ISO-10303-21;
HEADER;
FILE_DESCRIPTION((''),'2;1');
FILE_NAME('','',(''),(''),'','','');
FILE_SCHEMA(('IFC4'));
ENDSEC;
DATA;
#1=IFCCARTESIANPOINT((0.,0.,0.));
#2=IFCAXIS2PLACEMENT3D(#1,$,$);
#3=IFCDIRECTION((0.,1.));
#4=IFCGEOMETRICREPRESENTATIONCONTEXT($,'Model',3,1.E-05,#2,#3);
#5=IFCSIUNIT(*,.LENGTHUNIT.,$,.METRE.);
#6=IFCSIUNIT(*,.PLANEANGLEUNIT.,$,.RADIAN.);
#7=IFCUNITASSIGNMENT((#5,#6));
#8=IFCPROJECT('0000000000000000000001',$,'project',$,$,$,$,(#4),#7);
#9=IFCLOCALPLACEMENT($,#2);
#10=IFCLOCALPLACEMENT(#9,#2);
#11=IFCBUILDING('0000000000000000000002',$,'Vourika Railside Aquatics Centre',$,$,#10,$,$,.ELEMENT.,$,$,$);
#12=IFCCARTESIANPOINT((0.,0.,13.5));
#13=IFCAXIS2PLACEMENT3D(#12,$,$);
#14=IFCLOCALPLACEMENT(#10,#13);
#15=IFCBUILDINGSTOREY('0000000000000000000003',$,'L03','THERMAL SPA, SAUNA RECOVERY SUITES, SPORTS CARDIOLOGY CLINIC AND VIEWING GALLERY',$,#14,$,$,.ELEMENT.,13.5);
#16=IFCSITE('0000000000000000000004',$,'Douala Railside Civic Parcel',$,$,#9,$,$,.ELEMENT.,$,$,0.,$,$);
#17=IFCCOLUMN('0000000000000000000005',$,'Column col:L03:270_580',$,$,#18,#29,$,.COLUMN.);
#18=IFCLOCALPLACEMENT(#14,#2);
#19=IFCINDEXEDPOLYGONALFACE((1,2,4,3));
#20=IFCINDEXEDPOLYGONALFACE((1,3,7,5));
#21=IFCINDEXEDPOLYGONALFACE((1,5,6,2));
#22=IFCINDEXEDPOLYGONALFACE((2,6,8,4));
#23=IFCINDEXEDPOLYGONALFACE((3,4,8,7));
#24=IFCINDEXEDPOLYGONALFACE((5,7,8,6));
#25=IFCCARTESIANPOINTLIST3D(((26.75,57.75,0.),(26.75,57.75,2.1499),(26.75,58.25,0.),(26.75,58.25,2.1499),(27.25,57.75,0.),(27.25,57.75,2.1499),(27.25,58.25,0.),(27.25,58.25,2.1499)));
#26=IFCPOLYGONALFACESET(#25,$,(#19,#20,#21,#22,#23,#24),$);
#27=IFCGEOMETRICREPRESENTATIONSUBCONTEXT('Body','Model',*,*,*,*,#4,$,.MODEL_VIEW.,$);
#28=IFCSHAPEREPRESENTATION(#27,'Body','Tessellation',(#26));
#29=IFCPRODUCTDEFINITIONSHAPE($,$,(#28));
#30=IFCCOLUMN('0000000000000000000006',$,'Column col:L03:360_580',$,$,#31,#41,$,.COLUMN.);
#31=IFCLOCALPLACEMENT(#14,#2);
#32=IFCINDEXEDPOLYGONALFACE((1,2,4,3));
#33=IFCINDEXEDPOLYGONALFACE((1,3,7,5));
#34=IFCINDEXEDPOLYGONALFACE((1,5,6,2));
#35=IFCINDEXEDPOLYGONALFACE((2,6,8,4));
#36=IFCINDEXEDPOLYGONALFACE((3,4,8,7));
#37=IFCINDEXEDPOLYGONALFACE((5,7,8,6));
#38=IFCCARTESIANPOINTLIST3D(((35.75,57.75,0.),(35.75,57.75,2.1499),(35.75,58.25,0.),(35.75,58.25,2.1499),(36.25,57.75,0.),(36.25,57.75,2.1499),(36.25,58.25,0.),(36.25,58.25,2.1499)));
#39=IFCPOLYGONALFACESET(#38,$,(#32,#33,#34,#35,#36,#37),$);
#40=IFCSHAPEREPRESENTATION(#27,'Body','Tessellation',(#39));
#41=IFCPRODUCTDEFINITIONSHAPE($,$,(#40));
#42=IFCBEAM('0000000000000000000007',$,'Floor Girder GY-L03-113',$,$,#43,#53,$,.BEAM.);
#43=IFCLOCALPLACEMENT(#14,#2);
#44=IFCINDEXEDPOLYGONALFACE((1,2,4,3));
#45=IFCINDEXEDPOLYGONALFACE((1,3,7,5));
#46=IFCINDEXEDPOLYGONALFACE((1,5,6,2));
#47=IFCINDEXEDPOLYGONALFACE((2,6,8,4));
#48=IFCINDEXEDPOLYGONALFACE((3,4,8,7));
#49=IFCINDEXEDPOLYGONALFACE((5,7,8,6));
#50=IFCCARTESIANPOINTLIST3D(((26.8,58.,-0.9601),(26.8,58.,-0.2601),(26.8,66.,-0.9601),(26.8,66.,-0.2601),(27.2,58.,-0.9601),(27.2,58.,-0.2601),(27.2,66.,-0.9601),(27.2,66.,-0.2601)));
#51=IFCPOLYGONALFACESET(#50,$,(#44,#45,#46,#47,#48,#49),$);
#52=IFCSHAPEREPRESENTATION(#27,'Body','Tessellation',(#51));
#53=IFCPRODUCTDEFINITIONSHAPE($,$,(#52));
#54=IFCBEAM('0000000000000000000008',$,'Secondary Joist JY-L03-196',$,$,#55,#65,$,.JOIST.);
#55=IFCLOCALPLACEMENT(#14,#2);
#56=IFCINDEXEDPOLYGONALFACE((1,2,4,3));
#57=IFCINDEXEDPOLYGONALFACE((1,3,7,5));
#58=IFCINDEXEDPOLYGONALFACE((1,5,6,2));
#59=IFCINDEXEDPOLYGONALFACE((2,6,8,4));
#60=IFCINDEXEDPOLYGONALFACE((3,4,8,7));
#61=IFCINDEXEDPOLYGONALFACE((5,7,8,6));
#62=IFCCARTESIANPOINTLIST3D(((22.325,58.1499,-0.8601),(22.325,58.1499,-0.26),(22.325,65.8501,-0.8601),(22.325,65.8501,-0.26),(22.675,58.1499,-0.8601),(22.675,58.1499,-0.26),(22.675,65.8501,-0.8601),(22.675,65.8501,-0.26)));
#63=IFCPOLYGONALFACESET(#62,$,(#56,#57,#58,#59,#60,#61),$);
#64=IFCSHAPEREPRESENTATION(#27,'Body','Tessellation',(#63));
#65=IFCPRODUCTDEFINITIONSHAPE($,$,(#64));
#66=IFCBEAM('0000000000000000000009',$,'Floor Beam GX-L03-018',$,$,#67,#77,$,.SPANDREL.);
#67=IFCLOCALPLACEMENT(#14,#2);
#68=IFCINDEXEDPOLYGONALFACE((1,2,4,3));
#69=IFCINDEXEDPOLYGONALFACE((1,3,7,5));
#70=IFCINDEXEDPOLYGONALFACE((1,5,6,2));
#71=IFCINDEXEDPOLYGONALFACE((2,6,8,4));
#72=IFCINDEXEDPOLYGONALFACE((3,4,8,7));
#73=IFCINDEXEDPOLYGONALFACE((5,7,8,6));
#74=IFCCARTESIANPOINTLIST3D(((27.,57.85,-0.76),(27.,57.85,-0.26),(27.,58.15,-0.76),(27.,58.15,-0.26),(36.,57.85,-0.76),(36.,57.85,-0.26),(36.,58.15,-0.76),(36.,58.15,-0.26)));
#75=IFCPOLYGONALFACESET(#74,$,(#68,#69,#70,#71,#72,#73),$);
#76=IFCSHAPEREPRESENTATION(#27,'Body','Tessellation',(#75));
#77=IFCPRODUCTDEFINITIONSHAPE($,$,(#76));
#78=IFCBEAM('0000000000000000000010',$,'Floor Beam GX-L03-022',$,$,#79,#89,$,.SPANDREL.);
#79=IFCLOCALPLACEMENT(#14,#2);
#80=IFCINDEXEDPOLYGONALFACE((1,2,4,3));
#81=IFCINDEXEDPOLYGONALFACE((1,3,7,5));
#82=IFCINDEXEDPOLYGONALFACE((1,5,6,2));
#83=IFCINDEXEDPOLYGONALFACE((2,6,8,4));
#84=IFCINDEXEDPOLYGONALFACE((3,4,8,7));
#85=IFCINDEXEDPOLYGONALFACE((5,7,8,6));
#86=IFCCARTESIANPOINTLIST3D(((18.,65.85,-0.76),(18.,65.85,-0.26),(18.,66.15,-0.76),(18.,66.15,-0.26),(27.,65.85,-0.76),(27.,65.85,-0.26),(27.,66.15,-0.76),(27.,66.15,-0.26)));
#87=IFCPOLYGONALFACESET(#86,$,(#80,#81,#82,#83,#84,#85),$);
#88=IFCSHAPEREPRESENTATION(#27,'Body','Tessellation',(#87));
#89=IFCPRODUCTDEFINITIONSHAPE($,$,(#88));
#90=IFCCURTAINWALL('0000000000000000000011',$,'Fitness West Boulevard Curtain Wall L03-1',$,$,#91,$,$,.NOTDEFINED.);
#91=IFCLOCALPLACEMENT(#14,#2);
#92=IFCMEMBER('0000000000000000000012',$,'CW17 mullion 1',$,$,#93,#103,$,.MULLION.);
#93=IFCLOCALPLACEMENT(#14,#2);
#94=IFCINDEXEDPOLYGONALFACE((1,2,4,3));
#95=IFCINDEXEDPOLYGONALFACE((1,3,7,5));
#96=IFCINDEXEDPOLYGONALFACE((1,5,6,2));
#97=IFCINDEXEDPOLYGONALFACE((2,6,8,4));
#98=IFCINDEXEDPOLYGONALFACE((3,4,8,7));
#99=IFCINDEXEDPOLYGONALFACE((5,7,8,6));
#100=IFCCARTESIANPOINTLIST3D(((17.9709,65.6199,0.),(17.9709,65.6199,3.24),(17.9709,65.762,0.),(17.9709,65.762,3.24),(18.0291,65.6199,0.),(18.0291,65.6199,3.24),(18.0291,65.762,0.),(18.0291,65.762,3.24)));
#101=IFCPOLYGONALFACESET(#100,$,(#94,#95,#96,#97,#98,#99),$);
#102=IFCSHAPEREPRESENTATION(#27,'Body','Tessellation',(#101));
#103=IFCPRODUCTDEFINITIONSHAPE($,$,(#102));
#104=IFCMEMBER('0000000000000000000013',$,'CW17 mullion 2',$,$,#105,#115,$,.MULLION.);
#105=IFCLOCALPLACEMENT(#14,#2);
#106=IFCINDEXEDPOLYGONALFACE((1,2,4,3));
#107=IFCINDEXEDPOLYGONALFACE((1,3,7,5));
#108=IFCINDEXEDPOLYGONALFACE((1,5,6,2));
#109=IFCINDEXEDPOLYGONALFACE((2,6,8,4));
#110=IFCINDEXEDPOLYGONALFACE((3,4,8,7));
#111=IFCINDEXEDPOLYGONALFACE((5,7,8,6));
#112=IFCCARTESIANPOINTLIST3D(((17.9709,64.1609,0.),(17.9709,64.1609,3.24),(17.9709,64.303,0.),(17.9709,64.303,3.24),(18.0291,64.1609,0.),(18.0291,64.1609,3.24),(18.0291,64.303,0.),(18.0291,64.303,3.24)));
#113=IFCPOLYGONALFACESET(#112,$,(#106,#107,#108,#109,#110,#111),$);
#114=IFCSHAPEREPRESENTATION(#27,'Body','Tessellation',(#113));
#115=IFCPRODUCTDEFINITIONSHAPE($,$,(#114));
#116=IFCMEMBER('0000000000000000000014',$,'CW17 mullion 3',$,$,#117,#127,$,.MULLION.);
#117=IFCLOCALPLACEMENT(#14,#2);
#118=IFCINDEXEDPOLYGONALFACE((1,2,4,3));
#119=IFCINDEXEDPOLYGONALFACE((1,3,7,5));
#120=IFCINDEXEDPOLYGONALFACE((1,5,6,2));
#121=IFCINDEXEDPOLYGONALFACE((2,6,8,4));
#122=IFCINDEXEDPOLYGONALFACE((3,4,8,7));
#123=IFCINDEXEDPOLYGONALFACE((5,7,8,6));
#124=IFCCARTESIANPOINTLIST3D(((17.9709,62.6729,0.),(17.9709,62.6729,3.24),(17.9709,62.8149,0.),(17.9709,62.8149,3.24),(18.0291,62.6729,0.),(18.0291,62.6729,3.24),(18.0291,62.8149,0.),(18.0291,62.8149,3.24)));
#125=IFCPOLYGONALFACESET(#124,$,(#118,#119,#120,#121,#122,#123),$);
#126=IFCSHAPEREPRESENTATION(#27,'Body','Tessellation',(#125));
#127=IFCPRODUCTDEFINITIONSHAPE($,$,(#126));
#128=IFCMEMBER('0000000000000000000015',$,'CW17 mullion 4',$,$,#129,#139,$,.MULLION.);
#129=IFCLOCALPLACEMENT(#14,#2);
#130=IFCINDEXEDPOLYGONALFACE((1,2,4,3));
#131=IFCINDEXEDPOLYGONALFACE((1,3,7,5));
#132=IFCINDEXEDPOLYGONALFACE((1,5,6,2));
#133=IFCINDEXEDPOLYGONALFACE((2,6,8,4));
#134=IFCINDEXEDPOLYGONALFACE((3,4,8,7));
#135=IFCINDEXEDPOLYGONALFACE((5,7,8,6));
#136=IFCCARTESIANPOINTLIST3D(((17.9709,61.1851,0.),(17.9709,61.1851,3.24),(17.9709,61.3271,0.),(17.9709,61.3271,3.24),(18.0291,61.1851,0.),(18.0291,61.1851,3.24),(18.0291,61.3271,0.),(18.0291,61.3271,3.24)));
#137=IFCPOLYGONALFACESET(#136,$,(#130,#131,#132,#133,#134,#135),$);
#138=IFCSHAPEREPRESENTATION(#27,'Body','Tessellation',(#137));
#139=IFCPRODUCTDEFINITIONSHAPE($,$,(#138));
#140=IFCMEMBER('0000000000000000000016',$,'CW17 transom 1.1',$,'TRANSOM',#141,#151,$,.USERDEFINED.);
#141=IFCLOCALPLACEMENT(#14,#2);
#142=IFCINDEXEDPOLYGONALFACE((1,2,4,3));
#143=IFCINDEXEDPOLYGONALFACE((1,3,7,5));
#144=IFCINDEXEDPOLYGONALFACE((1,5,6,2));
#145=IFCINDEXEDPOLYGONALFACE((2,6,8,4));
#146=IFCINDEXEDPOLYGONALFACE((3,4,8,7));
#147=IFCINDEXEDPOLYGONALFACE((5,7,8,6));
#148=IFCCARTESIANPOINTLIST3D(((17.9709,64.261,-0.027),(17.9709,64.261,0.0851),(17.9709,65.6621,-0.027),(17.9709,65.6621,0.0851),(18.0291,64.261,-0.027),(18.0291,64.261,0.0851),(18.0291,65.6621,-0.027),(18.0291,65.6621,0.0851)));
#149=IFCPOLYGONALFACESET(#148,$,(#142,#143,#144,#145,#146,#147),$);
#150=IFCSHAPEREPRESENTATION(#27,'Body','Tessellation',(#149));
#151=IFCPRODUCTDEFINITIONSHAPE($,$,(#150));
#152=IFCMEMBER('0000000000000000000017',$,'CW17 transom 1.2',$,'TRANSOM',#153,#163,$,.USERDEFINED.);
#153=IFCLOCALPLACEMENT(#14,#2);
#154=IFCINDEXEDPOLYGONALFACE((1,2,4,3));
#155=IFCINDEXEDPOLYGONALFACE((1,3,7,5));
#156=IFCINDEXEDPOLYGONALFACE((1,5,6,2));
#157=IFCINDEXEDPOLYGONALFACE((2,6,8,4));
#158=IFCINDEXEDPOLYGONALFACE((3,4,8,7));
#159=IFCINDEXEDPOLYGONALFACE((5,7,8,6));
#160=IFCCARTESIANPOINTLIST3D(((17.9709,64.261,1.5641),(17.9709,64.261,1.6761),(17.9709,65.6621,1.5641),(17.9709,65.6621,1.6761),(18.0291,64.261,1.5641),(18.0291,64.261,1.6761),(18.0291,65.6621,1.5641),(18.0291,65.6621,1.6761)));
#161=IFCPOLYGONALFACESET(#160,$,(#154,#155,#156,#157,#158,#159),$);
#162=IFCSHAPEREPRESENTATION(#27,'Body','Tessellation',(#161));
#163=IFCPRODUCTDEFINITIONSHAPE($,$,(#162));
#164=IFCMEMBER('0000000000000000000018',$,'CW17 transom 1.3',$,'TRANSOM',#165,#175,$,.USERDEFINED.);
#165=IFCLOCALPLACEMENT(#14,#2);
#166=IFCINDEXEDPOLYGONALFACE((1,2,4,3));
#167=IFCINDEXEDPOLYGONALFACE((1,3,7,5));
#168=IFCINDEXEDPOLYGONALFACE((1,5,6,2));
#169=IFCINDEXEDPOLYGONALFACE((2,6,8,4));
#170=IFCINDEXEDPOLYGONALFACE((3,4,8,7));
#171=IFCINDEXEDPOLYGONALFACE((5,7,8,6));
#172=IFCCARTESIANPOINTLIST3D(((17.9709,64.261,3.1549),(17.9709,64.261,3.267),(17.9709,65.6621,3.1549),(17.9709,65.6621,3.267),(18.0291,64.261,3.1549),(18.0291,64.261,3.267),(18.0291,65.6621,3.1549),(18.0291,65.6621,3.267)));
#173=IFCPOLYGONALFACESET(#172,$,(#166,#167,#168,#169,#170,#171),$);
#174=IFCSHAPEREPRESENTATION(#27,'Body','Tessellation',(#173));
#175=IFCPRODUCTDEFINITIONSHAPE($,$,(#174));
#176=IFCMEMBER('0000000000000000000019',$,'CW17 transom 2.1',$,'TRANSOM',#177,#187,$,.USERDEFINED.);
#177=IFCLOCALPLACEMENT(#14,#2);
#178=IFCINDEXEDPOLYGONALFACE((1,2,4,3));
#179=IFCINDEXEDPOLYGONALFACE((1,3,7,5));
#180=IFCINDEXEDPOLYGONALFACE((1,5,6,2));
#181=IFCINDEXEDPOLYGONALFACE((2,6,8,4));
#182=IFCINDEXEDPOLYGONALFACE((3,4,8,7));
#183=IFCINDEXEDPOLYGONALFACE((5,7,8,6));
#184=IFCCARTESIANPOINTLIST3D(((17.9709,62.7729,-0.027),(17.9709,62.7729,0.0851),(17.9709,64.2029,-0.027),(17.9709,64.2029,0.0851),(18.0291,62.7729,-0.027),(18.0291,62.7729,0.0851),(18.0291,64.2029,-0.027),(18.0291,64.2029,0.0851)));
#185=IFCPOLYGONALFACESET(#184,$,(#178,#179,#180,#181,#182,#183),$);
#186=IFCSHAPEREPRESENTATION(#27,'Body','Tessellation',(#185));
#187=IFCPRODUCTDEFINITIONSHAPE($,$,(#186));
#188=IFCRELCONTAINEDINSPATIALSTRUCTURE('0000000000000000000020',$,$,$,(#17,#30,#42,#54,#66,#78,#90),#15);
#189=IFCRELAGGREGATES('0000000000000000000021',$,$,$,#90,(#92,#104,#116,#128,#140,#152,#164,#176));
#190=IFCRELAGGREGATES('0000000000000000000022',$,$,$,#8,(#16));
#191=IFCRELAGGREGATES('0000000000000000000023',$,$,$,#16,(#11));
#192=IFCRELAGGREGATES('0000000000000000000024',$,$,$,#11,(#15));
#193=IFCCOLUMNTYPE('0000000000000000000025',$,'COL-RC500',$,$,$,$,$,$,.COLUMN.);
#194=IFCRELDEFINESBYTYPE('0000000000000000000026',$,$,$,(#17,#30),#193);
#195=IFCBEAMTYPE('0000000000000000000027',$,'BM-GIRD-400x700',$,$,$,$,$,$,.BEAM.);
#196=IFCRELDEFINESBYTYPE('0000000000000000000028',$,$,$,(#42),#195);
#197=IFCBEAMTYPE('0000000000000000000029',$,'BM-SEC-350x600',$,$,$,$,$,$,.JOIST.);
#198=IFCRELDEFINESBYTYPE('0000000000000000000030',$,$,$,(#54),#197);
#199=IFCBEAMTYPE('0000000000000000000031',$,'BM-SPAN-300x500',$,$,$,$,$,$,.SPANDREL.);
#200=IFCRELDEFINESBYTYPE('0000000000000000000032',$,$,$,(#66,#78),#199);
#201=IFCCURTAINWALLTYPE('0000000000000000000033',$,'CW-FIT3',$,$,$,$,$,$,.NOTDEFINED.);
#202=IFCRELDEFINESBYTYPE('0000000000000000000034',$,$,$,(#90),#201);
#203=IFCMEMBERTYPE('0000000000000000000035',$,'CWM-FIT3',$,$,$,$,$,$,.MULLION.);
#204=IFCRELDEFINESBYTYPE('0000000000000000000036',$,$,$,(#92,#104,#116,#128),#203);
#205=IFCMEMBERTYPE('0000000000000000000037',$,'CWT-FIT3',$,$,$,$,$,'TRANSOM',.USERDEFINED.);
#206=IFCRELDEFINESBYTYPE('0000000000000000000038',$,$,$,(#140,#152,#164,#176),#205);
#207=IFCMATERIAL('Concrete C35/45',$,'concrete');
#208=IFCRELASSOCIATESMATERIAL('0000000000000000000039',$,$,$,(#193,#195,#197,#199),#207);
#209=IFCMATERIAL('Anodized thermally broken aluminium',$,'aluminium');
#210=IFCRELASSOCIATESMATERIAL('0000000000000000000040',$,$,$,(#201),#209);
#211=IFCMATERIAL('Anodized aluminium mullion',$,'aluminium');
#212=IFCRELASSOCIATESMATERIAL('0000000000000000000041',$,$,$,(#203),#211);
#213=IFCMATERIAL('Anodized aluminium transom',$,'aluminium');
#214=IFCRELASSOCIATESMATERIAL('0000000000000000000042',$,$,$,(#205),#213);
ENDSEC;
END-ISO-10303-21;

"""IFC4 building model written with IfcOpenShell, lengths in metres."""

from ifc_helpers import new_model, si_unit, direction, frame, origin, origin_2d, place, context, subcontext, project, spatial, rectangle, extrude, material, material_profile, profile_set, type_object, element, aggregate, save


model = new_model("IFC4")

# Units and contexts
model_context = context("Model", 3, precision=1e-05, world=origin(), true_north=direction((0.0, 1.0)))
body_context = subcontext(model_context, "Body", "Model", "MODEL_VIEW")
ifc_project = project(units=[si_unit("LENGTHUNIT", "METRE"), si_unit("PLANEANGLEUNIT", "RADIAN")], contexts=[model_context])

# Site, building, storey
site_placement = place(None, origin())
site = spatial("IfcSite", under=ifc_project, at=site_placement, Name="Douala Railside Civic Parcel", CompositionType="ELEMENT", RefElevation=0.0)
building_placement = place(site_placement, origin())
building = spatial("IfcBuilding", under=site, at=building_placement, Name="Vourika Railside Aquatics Centre", CompositionType="ELEMENT")
storey_placement = place(building_placement, frame((0.0, 0.0, 13.5)))
storey = spatial("IfcBuildingStorey", under=building, at=storey_placement, Name="L03", Description="THERMAL SPA, SAUNA RECOVERY SUITES, SPORTS CARDIOLOGY CLINIC AND VIEWING GALLERY", CompositionType="ELEMENT", Elevation=13.5)

# Columns
ifc_material_1 = material(Name="Concrete C35/45", Category="concrete")
ifc_material_profile_1 = material_profile(ifc_material_1, rectangle(XDim=0.5, YDim=0.5, at=origin_2d()), Name="RC 500x500")
ifc_profile_set_1 = profile_set([ifc_material_profile_1], Name="Concrete C35/45")
column_type = type_object("IfcColumnType", Name="COL-RC500", PredefinedType="COLUMN", material=ifc_profile_set_1)
for number, where, z_axis, x_axis, name in (
    (1, (27.0, 58.0, 0.0), (0.0, 0.0, 1.0), (1.0, 0.0, 0.0), "Column col:L03:270_580"),
    (2, (36.0, 58.0, 0.0), (0.0, 0.0, 1.0), (1.0, 0.0, 0.0), "Column col:L03:360_580"),
):
    element("IfcColumn", number, at=place(storey_placement, frame(where, z_axis=z_axis, x_axis=x_axis)), inside=storey, type_object=column_type, Name=name, PredefinedType="COLUMN", context=body_context, shape_type="SweptSolid", body=[
        extrude(rectangle(XDim=0.5, YDim=0.5, at=origin_2d()), origin(), (0.0, 0.0, 1.0), 2.1499),
    ])

# Beams
ifc_material_profile_2 = material_profile(ifc_material_1, rectangle(XDim=0.3999, YDim=0.7, at=origin_2d()), Name="RC 400x700")
ifc_profile_set_2 = profile_set([ifc_material_profile_2], Name="Concrete C35/45")
beam_type_1 = type_object("IfcBeamType", Name="BM-GIRD-400x700", PredefinedType="BEAM", material=ifc_profile_set_2)
beam_1_placement = place(storey_placement, frame((27.0, 58.0, -0.6101), z_axis=(0.0, 1.0, 0.0), x_axis=(-1.0, 0.0, 0.0)))
element("IfcBeam", 3, at=beam_1_placement, inside=storey, type_object=beam_type_1, Name="Floor Girder GY-L03-113", PredefinedType="BEAM", context=body_context, shape_type="SweptSolid", body=[
    extrude(rectangle(XDim=0.3999, YDim=0.7, at=origin_2d()), origin(), (0.0, 0.0, 1.0), 8.0),
])
ifc_material_profile_3 = material_profile(ifc_material_1, rectangle(XDim=0.3501, YDim=0.6001, at=origin_2d()), Name="RC 350x600")
ifc_profile_set_3 = profile_set([ifc_material_profile_3], Name="Concrete C35/45")
beam_type_2 = type_object("IfcBeamType", Name="BM-SEC-350x600", PredefinedType="JOIST", material=ifc_profile_set_3)
beam_2_placement = place(storey_placement, frame((22.5, 58.1499, -0.5601), z_axis=(0.0, 1.0, 0.0), x_axis=(-1.0, 0.0, 0.0)))
element("IfcBeam", 4, at=beam_2_placement, inside=storey, type_object=beam_type_2, Name="Secondary Joist JY-L03-196", PredefinedType="JOIST", context=body_context, shape_type="SweptSolid", body=[
    extrude(rectangle(XDim=0.3501, YDim=0.6001, at=origin_2d()), origin(), (0.0, 0.0, 1.0), 7.7002),
])
ifc_material_profile_4 = material_profile(ifc_material_1, rectangle(XDim=0.3, YDim=0.5, at=origin_2d()), Name="RC 300x500")
ifc_profile_set_4 = profile_set([ifc_material_profile_4], Name="Concrete C35/45")
beam_type_3 = type_object("IfcBeamType", Name="BM-SPAN-300x500", PredefinedType="SPANDREL", material=ifc_profile_set_4)
for number, where, z_axis, x_axis, name in (
    (5, (27.0, 58.0, -0.51), (1.0, 0.0, 0.0), (0.0, 1.0, 0.0), "Floor Beam GX-L03-018"),
    (6, (18.0, 66.0, -0.51), (1.0, 0.0, 0.0), (0.0, 1.0, 0.0), "Floor Beam GX-L03-022"),
):
    element("IfcBeam", number, at=place(storey_placement, frame(where, z_axis=z_axis, x_axis=x_axis)), inside=storey, type_object=beam_type_3, Name=name, PredefinedType="SPANDREL", context=body_context, shape_type="SweptSolid", body=[
        extrude(rectangle(XDim=0.3, YDim=0.5, at=origin_2d()), origin(), (0.0, 0.0, 1.0), 9.0),
    ])

# Curtain wall, members
ifc_material_2 = material(Name="Anodized thermally broken aluminium", Category="aluminium")
curtain_wall_type = type_object("IfcCurtainWallType", Name="CW-FIT3", PredefinedType="NOTDEFINED", material=ifc_material_2)
curtain_wall_placement = place(storey_placement, origin())
curtain_wall = element("IfcCurtainWall", 7, at=curtain_wall_placement, inside=storey, type_object=curtain_wall_type, Name="Fitness West Boulevard Curtain Wall L03-1", PredefinedType="NOTDEFINED")
ifc_material_3 = material(Name="Anodized aluminium mullion", Category="aluminium")
ifc_material_profile_5 = material_profile(ifc_material_3, rectangle(XDim=0.0581, YDim=0.1421, at=origin_2d()), Name="ALU-M 58x142")
ifc_profile_set_5 = profile_set([ifc_material_profile_5], Name="Anodized aluminium mullion")
member_type_1 = type_object("IfcMemberType", Name="CWM-FIT3", PredefinedType="MULLION", material=ifc_profile_set_5)
member_1_placement = place(storey_placement, frame((18.0, 65.6909, 0.0), z_axis=(0.0, 0.0, 1.0), x_axis=(1.0, 0.0, 0.0)))
member_1 = element("IfcMember", 8, at=member_1_placement, type_object=member_type_1, Name="CW17 mullion 1", PredefinedType="MULLION", context=body_context, shape_type="SweptSolid", body=[
    extrude(rectangle(XDim=0.0581, YDim=0.1421, at=origin_2d()), origin(), (0.0, 0.0, 1.0), 3.24),
])
member_2_placement = place(storey_placement, frame((18.0, 64.2319, 0.0), z_axis=(0.0, 0.0, 1.0), x_axis=(1.0, 0.0, 0.0)))
member_2 = element("IfcMember", 9, at=member_2_placement, type_object=member_type_1, Name="CW17 mullion 2", PredefinedType="MULLION", context=body_context, shape_type="SweptSolid", body=[
    extrude(rectangle(XDim=0.0581, YDim=0.1421, at=origin_2d()), origin(), (0.0, 0.0, 1.0), 3.24),
])
member_3_placement = place(storey_placement, frame((18.0, 62.7439, 0.0), z_axis=(0.0, 0.0, 1.0), x_axis=(1.0, 0.0, 0.0)))
member_3 = element("IfcMember", 10, at=member_3_placement, type_object=member_type_1, Name="CW17 mullion 3", PredefinedType="MULLION", context=body_context, shape_type="SweptSolid", body=[
    extrude(rectangle(XDim=0.0581, YDim=0.1421, at=origin_2d()), origin(), (0.0, 0.0, 1.0), 3.24),
])
member_4_placement = place(storey_placement, frame((18.0, 61.2561, 0.0), z_axis=(0.0, 0.0, 1.0), x_axis=(1.0, 0.0, 0.0)))
member_4 = element("IfcMember", 11, at=member_4_placement, type_object=member_type_1, Name="CW17 mullion 4", PredefinedType="MULLION", context=body_context, shape_type="SweptSolid", body=[
    extrude(rectangle(XDim=0.0581, YDim=0.1421, at=origin_2d()), origin(), (0.0, 0.0, 1.0), 3.24),
])
ifc_material_4 = material(Name="Anodized aluminium transom", Category="aluminium")
ifc_material_profile_6 = material_profile(ifc_material_4, rectangle(XDim=0.0581, YDim=0.1121, at=origin_2d()), Name="ALU-T 58x112")
ifc_profile_set_6 = profile_set([ifc_material_profile_6], Name="Anodized aluminium transom")
member_type_2 = type_object("IfcMemberType", Name="CWT-FIT3", ElementType="TRANSOM", PredefinedType="USERDEFINED", material=ifc_profile_set_6)
member_5_placement = place(storey_placement, frame((18.0, 65.6621, 0.0291), z_axis=(0.0, -1.0, 0.0), x_axis=(1.0, 0.0, 0.0)))
member_5 = element("IfcMember", 12, at=member_5_placement, type_object=member_type_2, Name="CW17 transom 1.1", ObjectType="TRANSOM", PredefinedType="USERDEFINED", context=body_context, shape_type="SweptSolid", body=[
    extrude(rectangle(XDim=0.0581, YDim=0.1121, at=origin_2d()), origin(), (0.0, 0.0, 1.0), 1.4011),
])
member_6_placement = place(storey_placement, frame((18.0, 65.6621, 1.6201), z_axis=(0.0, -1.0, 0.0), x_axis=(1.0, 0.0, 0.0)))
member_6 = element("IfcMember", 13, at=member_6_placement, type_object=member_type_2, Name="CW17 transom 1.2", ObjectType="TRANSOM", PredefinedType="USERDEFINED", context=body_context, shape_type="SweptSolid", body=[
    extrude(rectangle(XDim=0.0581, YDim=0.1121, at=origin_2d()), origin(), (0.0, 0.0, 1.0), 1.4011),
])
member_7_placement = place(storey_placement, frame((18.0, 65.6621, 3.2109), z_axis=(0.0, -1.0, 0.0), x_axis=(1.0, 0.0, 0.0)))
member_7 = element("IfcMember", 14, at=member_7_placement, type_object=member_type_2, Name="CW17 transom 1.3", ObjectType="TRANSOM", PredefinedType="USERDEFINED", context=body_context, shape_type="SweptSolid", body=[
    extrude(rectangle(XDim=0.0581, YDim=0.1121, at=origin_2d()), origin(), (0.0, 0.0, 1.0), 1.4011),
])
member_8_placement = place(storey_placement, frame((18.0, 64.2029, 0.0291), z_axis=(0.0, -1.0, 0.0), x_axis=(1.0, 0.0, 0.0)))
member_8 = element("IfcMember", 15, at=member_8_placement, type_object=member_type_2, Name="CW17 transom 2.1", ObjectType="TRANSOM", PredefinedType="USERDEFINED", context=body_context, shape_type="SweptSolid", body=[
    extrude(rectangle(XDim=0.0581, YDim=0.1121, at=origin_2d()), origin(), (0.0, 0.0, 1.0), 1.4299),
])
aggregate(curtain_wall, [member_1, member_2, member_3, member_4, member_5, member_6, member_7, member_8])

save(model, "model.ifc")
